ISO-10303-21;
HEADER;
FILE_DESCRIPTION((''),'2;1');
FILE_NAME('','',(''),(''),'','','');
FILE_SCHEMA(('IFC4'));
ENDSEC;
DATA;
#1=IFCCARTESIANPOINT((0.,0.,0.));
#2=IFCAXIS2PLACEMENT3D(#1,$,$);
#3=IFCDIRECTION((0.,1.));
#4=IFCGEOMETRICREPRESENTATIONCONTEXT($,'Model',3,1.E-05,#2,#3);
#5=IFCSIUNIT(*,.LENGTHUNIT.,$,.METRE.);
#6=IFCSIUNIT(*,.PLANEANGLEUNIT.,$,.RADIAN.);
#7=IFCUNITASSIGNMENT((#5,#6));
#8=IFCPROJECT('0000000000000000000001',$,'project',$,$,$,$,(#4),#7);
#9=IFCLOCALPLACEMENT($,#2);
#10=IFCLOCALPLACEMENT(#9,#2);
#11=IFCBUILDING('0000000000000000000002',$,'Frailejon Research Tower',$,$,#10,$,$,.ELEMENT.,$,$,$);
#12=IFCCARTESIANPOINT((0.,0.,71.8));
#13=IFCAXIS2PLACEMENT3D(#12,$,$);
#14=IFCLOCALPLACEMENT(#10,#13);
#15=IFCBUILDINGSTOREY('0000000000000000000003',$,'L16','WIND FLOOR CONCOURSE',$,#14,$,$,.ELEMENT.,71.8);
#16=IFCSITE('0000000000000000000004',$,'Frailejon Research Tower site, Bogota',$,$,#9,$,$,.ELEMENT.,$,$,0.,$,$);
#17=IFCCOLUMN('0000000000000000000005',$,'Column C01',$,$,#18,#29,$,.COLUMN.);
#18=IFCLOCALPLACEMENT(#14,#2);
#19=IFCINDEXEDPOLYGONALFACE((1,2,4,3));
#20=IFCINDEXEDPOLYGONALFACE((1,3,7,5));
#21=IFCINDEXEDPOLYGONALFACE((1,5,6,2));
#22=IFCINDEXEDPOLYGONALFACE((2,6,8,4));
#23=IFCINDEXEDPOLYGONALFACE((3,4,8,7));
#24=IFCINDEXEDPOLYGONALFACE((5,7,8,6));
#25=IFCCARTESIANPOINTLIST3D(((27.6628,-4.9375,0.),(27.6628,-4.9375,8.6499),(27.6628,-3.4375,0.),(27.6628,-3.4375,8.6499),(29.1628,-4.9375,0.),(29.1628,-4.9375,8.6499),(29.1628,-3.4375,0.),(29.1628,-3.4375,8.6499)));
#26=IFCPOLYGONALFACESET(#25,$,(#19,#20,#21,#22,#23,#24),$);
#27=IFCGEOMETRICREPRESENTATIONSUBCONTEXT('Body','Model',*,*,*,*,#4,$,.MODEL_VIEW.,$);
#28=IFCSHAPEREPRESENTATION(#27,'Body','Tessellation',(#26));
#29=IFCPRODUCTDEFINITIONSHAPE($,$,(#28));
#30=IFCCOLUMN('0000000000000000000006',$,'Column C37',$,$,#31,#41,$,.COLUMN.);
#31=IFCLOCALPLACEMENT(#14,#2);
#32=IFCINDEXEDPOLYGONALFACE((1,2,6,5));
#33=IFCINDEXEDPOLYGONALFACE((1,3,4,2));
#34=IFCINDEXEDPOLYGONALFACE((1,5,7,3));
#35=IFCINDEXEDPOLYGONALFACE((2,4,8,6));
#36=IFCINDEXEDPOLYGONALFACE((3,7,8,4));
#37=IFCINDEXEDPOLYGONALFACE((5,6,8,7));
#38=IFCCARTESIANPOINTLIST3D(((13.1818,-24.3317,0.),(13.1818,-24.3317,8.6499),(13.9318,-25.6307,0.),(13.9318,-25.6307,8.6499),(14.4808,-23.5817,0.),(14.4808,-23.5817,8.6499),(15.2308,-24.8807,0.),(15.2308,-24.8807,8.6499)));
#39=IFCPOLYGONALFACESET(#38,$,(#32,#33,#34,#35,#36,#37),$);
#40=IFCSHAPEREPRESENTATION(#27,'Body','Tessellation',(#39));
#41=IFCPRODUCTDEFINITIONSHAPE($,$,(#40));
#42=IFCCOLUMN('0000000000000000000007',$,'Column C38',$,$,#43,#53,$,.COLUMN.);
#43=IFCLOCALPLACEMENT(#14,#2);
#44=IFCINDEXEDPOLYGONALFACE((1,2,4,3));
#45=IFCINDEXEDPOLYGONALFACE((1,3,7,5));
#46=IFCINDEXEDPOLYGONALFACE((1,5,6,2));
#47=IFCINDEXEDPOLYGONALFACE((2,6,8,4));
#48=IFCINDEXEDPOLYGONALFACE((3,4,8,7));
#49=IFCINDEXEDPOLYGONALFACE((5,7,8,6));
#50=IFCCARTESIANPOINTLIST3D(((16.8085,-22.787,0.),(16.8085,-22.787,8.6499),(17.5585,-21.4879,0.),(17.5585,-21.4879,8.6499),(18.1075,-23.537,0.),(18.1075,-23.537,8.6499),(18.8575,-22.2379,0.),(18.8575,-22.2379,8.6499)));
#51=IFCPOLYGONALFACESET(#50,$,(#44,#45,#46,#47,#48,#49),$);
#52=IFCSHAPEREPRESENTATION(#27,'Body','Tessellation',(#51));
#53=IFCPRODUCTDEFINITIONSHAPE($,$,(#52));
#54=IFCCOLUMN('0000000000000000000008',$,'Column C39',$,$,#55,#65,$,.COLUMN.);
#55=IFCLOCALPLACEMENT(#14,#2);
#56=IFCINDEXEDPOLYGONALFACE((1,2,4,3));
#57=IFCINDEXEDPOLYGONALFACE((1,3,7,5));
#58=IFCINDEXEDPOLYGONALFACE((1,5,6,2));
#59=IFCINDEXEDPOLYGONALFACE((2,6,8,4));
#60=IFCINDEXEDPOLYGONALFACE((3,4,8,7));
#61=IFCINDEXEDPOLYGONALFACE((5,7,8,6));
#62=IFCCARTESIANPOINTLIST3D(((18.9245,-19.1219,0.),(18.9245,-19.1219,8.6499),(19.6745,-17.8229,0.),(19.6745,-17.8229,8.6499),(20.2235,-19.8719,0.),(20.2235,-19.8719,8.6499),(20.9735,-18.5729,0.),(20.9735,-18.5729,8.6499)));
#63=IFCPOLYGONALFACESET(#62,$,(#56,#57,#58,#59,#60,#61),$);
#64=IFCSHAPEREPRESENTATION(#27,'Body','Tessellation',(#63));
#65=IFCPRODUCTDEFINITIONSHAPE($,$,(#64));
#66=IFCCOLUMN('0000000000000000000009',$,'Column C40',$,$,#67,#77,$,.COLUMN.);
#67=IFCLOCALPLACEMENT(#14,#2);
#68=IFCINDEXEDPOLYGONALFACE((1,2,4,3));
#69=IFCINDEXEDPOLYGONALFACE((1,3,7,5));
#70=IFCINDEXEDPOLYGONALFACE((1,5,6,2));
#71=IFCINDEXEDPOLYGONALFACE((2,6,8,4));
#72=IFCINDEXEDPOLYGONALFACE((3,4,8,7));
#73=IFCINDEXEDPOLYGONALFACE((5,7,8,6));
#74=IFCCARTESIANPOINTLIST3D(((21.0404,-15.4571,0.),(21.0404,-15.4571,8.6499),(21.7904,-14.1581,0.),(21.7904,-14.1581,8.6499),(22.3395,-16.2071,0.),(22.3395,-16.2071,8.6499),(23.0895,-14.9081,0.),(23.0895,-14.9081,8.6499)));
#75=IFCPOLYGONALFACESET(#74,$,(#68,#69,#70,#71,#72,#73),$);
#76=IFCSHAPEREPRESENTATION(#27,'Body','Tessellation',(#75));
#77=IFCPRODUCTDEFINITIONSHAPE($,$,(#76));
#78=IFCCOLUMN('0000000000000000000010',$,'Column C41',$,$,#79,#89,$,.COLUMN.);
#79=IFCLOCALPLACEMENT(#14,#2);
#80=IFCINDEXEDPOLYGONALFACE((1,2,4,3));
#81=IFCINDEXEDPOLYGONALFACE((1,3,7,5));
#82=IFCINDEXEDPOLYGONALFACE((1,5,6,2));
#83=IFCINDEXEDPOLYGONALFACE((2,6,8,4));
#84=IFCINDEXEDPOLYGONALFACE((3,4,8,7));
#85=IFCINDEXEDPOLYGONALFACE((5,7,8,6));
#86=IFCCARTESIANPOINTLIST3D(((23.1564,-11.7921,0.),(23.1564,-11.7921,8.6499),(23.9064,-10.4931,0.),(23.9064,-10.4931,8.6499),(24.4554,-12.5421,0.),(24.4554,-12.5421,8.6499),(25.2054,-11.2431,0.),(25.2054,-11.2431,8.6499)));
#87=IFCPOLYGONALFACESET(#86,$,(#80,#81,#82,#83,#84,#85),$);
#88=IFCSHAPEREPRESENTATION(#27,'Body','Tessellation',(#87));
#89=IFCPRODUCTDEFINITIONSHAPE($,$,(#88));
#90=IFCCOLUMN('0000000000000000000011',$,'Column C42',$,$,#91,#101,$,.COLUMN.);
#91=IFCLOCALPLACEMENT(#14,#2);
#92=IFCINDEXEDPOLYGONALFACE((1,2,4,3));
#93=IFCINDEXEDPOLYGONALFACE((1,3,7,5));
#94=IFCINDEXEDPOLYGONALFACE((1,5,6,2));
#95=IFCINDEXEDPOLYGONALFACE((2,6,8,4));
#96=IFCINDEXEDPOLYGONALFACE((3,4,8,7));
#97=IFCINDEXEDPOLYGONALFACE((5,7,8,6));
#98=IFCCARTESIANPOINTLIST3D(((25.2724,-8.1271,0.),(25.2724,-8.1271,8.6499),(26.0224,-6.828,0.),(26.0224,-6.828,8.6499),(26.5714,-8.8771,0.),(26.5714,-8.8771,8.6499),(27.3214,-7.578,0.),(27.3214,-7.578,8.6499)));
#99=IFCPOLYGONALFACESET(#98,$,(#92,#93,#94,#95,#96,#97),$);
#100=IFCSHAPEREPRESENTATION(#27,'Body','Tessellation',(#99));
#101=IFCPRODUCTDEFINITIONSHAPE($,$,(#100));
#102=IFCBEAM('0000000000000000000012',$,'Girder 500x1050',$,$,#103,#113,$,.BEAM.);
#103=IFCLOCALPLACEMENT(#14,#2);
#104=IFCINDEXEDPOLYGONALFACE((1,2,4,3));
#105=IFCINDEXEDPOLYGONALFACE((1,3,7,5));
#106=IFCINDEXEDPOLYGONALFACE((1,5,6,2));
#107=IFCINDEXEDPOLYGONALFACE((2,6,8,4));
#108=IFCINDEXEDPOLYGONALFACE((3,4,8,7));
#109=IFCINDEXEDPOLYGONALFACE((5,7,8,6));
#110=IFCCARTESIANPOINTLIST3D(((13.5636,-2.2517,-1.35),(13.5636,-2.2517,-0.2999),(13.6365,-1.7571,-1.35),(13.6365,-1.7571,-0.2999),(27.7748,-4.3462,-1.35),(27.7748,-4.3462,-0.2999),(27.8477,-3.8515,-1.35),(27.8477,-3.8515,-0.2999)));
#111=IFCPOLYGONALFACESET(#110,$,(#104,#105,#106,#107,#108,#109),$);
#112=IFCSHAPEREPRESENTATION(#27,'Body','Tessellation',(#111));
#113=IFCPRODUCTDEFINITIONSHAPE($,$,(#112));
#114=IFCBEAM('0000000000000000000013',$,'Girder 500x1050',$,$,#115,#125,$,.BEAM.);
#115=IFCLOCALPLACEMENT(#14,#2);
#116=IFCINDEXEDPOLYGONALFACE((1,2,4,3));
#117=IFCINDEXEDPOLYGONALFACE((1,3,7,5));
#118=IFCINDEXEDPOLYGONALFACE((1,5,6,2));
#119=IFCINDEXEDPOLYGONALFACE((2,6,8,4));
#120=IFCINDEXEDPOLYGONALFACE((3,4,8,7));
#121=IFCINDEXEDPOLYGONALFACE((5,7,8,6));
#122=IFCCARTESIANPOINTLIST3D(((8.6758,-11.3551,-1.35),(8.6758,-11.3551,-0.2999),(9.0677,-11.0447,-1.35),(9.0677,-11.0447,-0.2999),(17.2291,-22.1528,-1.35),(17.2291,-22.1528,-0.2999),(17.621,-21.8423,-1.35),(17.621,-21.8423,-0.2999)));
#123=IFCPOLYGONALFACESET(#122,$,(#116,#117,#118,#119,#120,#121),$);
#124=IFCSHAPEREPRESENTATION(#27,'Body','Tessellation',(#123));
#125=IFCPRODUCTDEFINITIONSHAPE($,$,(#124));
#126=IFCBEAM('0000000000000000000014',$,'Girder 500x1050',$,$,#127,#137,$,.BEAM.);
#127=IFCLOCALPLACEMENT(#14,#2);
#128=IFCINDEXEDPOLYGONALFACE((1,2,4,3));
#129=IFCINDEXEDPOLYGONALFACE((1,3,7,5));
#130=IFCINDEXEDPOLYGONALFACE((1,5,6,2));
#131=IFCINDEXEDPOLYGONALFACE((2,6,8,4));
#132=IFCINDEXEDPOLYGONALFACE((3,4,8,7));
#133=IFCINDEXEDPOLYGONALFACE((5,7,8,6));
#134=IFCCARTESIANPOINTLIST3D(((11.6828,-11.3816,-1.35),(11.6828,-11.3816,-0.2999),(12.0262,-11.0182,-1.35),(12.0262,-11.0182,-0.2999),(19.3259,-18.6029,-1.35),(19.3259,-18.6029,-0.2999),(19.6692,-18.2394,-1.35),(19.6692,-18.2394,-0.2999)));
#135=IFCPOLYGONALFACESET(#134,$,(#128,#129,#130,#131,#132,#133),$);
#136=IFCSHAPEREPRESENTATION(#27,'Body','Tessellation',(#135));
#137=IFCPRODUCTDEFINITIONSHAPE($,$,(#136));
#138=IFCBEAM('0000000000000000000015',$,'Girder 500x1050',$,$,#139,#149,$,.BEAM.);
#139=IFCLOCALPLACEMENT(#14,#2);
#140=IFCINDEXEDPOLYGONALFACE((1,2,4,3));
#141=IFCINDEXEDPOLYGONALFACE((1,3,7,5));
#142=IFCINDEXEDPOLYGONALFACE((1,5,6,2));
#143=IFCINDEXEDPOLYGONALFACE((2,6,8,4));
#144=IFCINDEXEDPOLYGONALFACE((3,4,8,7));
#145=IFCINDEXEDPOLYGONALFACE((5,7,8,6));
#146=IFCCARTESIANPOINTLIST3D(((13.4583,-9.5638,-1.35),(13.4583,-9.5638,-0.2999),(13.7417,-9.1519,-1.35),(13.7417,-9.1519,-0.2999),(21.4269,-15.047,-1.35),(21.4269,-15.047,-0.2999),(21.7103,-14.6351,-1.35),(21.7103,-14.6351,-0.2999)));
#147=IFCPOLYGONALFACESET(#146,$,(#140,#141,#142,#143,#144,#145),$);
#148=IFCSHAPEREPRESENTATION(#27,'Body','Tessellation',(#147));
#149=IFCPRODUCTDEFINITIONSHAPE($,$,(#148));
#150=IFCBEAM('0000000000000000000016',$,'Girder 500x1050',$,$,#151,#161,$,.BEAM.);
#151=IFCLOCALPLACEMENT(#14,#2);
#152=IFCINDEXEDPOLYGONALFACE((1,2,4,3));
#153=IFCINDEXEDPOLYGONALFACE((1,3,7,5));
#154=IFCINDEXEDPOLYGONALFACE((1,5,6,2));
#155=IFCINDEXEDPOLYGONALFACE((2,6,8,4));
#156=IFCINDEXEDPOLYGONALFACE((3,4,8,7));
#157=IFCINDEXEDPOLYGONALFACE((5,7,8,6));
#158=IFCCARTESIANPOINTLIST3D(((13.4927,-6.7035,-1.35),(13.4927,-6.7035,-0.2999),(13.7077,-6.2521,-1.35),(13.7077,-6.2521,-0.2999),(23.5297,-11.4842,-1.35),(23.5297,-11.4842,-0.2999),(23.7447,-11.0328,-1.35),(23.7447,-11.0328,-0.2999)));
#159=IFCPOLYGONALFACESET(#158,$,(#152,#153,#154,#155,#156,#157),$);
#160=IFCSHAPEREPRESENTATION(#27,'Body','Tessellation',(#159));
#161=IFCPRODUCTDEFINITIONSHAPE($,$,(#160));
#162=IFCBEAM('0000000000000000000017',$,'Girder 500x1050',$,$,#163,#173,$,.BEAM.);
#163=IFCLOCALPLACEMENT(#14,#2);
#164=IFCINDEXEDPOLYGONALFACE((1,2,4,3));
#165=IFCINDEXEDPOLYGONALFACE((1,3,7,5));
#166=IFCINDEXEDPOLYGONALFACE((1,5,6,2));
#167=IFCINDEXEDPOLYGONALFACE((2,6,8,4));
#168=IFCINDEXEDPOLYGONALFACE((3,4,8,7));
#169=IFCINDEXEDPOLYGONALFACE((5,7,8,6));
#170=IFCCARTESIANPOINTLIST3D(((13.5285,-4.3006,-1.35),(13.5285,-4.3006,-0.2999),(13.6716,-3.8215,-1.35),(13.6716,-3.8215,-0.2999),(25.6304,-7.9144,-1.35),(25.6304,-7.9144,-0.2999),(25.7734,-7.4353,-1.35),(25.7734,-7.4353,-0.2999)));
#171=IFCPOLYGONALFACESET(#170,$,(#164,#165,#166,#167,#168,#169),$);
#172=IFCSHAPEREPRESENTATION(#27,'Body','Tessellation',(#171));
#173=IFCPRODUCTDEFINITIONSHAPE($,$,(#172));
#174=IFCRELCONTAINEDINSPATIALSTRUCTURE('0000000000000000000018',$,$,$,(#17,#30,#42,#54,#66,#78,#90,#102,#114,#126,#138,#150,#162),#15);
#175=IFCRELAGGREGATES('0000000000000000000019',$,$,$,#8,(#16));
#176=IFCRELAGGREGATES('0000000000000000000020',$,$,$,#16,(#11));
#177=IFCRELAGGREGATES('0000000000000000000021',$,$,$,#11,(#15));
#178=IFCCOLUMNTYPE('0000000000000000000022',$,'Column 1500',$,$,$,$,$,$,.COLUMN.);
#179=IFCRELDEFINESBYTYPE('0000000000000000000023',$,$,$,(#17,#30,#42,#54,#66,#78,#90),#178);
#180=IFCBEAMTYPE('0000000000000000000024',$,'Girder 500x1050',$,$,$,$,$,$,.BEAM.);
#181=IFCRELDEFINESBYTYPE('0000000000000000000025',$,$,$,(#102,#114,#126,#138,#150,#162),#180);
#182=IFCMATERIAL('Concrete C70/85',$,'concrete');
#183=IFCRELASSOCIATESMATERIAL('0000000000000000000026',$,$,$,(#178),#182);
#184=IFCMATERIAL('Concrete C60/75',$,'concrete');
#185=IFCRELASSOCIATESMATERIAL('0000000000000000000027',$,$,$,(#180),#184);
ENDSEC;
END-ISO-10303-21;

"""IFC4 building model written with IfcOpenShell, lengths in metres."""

from ifc_helpers import new_model, si_unit, direction, frame, origin, origin_2d, place, context, subcontext, project, spatial, rectangle, extrude, material, material_profile, profile_set, type_object, element, save


model = new_model("IFC4")

# Units and contexts
model_context = context("Model", 3, precision=1e-05, world=origin(), true_north=direction((0.0, 1.0)))
body_context = subcontext(model_context, "Body", "Model", "MODEL_VIEW")
ifc_project = project(units=[si_unit("LENGTHUNIT", "METRE"), si_unit("PLANEANGLEUNIT", "RADIAN")], contexts=[model_context])

# Site, building, storey
site_placement = place(None, origin())
site = spatial("IfcSite", under=ifc_project, at=site_placement, Name="Frailejon Research Tower site, Bogota", CompositionType="ELEMENT", RefElevation=0.0)
building_placement = place(site_placement, origin())
building = spatial("IfcBuilding", under=site, at=building_placement, Name="Frailejon Research Tower", CompositionType="ELEMENT")
storey_placement = place(building_placement, frame((0.0, 0.0, 71.8)))
storey = spatial("IfcBuildingStorey", under=building, at=storey_placement, Name="L16", Description="WIND FLOOR CONCOURSE", CompositionType="ELEMENT", Elevation=71.8)

# Columns
ifc_material_1 = material(Name="Concrete C70/85", Category="concrete")
ifc_material_profile_1 = material_profile(ifc_material_1, rectangle(XDim=1.5, YDim=1.5, at=origin_2d()), Name="Column 1500")
ifc_profile_set_1 = profile_set([ifc_material_profile_1], Name="Concrete C70/85")
column_type = type_object("IfcColumnType", Name="Column 1500", PredefinedType="COLUMN", material=ifc_profile_set_1)
for number, where, z_axis, x_axis, name in (
    (1, (28.4128, -4.1875, 0.0), (0.0, 0.0, 1.0), (0.0, 1.0, 0.0), "Column C01"),
    (2, (14.2063, -24.6062, 0.0), (0.0, 0.0, 1.0), (0.866025, 0.5, 0.0), "Column C37"),
    (3, (17.833, -22.5125, 0.0), (0.0, 0.0, 1.0), (0.5, 0.866025, 0.0), "Column C38"),
    (4, (19.949, -18.8474, 0.0), (0.0, 0.0, 1.0), (0.5, 0.866025, 0.0), "Column C39"),
    (5, (22.0649, -15.1826, 0.0), (0.0, 0.0, 1.0), (0.5, 0.866025, 0.0), "Column C40"),
    (6, (24.1809, -11.5176, 0.0), (0.0, 0.0, 1.0), (0.5, 0.866025, 0.0), "Column C41"),
    (7, (26.2969, -7.8525, 0.0), (0.0, 0.0, 1.0), (0.5, 0.866025, 0.0), "Column C42"),
):
    element("IfcColumn", number, at=place(storey_placement, frame(where, z_axis=z_axis, x_axis=x_axis)), inside=storey, type_object=column_type, Name=name, PredefinedType="COLUMN", context=body_context, shape_type="SweptSolid", body=[
        extrude(rectangle(XDim=1.5, YDim=1.5, at=origin_2d()), origin(), (0.0, 0.0, 1.0), 8.6499),
    ])

# Beams
ifc_material_2 = material(Name="Concrete C60/75", Category="concrete")
ifc_material_profile_2 = material_profile(ifc_material_2, rectangle(XDim=0.5, YDim=1.05, at=origin_2d()), Name="Girder 500x1050")
ifc_profile_set_2 = profile_set([ifc_material_profile_2], Name="Concrete C60/75")
beam_type_1 = type_object("IfcBeamType", Name="Girder 500x1050", PredefinedType="BEAM", material=ifc_profile_set_2)
beam_1_placement = place(storey_placement, frame((27.8113, -4.0989, -0.825), z_axis=(-0.989313, 0.145808, 0.0), x_axis=(-0.145808, -0.989313, 0.0)))
element("IfcBeam", 8, at=beam_1_placement, inside=storey, type_object=beam_type_1, Name="Girder 500x1050", PredefinedType="BEAM", context=body_context, shape_type="SweptSolid", body=[
    extrude(rectangle(XDim=0.5, YDim=1.05, at=origin_2d()), origin(), (0.0, 0.0, 1.0), 14.3647),
])
beam_2_placement = place(storey_placement, frame((17.425, -21.9976, -0.825), z_axis=(-0.620931, 0.783865, 0.0), x_axis=(-0.783865, -0.620931, 0.0)))
element("IfcBeam", 9, at=beam_2_placement, inside=storey, type_object=beam_type_1, Name="Girder 500x1050", PredefinedType="BEAM", context=body_context, shape_type="SweptSolid", body=[
    extrude(rectangle(XDim=0.5, YDim=1.05, at=origin_2d()), origin(), (0.0, 0.0, 1.0), 13.7749),
])
beam_3_placement = place(storey_placement, frame((19.4976, -18.4211, -0.825), z_axis=(-0.726883, 0.686761, 0.0), x_axis=(-0.686761, -0.726883, 0.0)))
element("IfcBeam", 10, at=beam_3_placement, inside=storey, type_object=beam_type_1, Name="Girder 500x1050", PredefinedType="BEAM", context=body_context, shape_type="SweptSolid", body=[
    extrude(rectangle(XDim=0.5, YDim=1.05, at=origin_2d()), origin(), (0.0, 0.0, 1.0), 10.5149),
])
beam_4_placement = place(storey_placement, frame((21.5686, -14.8411, -0.825), z_axis=(-0.82381, 0.566866, 0.0), x_axis=(-0.566866, -0.82381, 0.0)))
element("IfcBeam", 11, at=beam_4_placement, inside=storey, type_object=beam_type_1, Name="Girder 500x1050", PredefinedType="BEAM", context=body_context, shape_type="SweptSolid", body=[
    extrude(rectangle(XDim=0.5, YDim=1.05, at=origin_2d()), origin(), (0.0, 0.0, 1.0), 9.6729),
])
beam_5_placement = place(storey_placement, frame((23.6372, -11.2585, -0.825), z_axis=(-0.902819, 0.430021, 0.0), x_axis=(-0.430021, -0.902819, 0.0)))
element("IfcBeam", 12, at=beam_5_placement, inside=storey, type_object=beam_type_1, Name="Girder 500x1050", PredefinedType="BEAM", context=body_context, shape_type="SweptSolid", body=[
    extrude(rectangle(XDim=0.5, YDim=1.05, at=origin_2d()), origin(), (0.0, 0.0, 1.0), 11.1174),
])
beam_6_placement = place(storey_placement, frame((25.7019, -7.6748, -0.825), z_axis=(-0.958191, 0.286129, 0.0), x_axis=(-0.286129, -0.958191, 0.0)))
element("IfcBeam", 13, at=beam_6_placement, inside=storey, type_object=beam_type_1, Name="Girder 500x1050", PredefinedType="BEAM", context=body_context, shape_type="SweptSolid", body=[
    extrude(rectangle(XDim=0.5, YDim=1.05, at=origin_2d()), origin(), (0.0, 0.0, 1.0), 12.6299),
])

save(model, "model.ifc")
